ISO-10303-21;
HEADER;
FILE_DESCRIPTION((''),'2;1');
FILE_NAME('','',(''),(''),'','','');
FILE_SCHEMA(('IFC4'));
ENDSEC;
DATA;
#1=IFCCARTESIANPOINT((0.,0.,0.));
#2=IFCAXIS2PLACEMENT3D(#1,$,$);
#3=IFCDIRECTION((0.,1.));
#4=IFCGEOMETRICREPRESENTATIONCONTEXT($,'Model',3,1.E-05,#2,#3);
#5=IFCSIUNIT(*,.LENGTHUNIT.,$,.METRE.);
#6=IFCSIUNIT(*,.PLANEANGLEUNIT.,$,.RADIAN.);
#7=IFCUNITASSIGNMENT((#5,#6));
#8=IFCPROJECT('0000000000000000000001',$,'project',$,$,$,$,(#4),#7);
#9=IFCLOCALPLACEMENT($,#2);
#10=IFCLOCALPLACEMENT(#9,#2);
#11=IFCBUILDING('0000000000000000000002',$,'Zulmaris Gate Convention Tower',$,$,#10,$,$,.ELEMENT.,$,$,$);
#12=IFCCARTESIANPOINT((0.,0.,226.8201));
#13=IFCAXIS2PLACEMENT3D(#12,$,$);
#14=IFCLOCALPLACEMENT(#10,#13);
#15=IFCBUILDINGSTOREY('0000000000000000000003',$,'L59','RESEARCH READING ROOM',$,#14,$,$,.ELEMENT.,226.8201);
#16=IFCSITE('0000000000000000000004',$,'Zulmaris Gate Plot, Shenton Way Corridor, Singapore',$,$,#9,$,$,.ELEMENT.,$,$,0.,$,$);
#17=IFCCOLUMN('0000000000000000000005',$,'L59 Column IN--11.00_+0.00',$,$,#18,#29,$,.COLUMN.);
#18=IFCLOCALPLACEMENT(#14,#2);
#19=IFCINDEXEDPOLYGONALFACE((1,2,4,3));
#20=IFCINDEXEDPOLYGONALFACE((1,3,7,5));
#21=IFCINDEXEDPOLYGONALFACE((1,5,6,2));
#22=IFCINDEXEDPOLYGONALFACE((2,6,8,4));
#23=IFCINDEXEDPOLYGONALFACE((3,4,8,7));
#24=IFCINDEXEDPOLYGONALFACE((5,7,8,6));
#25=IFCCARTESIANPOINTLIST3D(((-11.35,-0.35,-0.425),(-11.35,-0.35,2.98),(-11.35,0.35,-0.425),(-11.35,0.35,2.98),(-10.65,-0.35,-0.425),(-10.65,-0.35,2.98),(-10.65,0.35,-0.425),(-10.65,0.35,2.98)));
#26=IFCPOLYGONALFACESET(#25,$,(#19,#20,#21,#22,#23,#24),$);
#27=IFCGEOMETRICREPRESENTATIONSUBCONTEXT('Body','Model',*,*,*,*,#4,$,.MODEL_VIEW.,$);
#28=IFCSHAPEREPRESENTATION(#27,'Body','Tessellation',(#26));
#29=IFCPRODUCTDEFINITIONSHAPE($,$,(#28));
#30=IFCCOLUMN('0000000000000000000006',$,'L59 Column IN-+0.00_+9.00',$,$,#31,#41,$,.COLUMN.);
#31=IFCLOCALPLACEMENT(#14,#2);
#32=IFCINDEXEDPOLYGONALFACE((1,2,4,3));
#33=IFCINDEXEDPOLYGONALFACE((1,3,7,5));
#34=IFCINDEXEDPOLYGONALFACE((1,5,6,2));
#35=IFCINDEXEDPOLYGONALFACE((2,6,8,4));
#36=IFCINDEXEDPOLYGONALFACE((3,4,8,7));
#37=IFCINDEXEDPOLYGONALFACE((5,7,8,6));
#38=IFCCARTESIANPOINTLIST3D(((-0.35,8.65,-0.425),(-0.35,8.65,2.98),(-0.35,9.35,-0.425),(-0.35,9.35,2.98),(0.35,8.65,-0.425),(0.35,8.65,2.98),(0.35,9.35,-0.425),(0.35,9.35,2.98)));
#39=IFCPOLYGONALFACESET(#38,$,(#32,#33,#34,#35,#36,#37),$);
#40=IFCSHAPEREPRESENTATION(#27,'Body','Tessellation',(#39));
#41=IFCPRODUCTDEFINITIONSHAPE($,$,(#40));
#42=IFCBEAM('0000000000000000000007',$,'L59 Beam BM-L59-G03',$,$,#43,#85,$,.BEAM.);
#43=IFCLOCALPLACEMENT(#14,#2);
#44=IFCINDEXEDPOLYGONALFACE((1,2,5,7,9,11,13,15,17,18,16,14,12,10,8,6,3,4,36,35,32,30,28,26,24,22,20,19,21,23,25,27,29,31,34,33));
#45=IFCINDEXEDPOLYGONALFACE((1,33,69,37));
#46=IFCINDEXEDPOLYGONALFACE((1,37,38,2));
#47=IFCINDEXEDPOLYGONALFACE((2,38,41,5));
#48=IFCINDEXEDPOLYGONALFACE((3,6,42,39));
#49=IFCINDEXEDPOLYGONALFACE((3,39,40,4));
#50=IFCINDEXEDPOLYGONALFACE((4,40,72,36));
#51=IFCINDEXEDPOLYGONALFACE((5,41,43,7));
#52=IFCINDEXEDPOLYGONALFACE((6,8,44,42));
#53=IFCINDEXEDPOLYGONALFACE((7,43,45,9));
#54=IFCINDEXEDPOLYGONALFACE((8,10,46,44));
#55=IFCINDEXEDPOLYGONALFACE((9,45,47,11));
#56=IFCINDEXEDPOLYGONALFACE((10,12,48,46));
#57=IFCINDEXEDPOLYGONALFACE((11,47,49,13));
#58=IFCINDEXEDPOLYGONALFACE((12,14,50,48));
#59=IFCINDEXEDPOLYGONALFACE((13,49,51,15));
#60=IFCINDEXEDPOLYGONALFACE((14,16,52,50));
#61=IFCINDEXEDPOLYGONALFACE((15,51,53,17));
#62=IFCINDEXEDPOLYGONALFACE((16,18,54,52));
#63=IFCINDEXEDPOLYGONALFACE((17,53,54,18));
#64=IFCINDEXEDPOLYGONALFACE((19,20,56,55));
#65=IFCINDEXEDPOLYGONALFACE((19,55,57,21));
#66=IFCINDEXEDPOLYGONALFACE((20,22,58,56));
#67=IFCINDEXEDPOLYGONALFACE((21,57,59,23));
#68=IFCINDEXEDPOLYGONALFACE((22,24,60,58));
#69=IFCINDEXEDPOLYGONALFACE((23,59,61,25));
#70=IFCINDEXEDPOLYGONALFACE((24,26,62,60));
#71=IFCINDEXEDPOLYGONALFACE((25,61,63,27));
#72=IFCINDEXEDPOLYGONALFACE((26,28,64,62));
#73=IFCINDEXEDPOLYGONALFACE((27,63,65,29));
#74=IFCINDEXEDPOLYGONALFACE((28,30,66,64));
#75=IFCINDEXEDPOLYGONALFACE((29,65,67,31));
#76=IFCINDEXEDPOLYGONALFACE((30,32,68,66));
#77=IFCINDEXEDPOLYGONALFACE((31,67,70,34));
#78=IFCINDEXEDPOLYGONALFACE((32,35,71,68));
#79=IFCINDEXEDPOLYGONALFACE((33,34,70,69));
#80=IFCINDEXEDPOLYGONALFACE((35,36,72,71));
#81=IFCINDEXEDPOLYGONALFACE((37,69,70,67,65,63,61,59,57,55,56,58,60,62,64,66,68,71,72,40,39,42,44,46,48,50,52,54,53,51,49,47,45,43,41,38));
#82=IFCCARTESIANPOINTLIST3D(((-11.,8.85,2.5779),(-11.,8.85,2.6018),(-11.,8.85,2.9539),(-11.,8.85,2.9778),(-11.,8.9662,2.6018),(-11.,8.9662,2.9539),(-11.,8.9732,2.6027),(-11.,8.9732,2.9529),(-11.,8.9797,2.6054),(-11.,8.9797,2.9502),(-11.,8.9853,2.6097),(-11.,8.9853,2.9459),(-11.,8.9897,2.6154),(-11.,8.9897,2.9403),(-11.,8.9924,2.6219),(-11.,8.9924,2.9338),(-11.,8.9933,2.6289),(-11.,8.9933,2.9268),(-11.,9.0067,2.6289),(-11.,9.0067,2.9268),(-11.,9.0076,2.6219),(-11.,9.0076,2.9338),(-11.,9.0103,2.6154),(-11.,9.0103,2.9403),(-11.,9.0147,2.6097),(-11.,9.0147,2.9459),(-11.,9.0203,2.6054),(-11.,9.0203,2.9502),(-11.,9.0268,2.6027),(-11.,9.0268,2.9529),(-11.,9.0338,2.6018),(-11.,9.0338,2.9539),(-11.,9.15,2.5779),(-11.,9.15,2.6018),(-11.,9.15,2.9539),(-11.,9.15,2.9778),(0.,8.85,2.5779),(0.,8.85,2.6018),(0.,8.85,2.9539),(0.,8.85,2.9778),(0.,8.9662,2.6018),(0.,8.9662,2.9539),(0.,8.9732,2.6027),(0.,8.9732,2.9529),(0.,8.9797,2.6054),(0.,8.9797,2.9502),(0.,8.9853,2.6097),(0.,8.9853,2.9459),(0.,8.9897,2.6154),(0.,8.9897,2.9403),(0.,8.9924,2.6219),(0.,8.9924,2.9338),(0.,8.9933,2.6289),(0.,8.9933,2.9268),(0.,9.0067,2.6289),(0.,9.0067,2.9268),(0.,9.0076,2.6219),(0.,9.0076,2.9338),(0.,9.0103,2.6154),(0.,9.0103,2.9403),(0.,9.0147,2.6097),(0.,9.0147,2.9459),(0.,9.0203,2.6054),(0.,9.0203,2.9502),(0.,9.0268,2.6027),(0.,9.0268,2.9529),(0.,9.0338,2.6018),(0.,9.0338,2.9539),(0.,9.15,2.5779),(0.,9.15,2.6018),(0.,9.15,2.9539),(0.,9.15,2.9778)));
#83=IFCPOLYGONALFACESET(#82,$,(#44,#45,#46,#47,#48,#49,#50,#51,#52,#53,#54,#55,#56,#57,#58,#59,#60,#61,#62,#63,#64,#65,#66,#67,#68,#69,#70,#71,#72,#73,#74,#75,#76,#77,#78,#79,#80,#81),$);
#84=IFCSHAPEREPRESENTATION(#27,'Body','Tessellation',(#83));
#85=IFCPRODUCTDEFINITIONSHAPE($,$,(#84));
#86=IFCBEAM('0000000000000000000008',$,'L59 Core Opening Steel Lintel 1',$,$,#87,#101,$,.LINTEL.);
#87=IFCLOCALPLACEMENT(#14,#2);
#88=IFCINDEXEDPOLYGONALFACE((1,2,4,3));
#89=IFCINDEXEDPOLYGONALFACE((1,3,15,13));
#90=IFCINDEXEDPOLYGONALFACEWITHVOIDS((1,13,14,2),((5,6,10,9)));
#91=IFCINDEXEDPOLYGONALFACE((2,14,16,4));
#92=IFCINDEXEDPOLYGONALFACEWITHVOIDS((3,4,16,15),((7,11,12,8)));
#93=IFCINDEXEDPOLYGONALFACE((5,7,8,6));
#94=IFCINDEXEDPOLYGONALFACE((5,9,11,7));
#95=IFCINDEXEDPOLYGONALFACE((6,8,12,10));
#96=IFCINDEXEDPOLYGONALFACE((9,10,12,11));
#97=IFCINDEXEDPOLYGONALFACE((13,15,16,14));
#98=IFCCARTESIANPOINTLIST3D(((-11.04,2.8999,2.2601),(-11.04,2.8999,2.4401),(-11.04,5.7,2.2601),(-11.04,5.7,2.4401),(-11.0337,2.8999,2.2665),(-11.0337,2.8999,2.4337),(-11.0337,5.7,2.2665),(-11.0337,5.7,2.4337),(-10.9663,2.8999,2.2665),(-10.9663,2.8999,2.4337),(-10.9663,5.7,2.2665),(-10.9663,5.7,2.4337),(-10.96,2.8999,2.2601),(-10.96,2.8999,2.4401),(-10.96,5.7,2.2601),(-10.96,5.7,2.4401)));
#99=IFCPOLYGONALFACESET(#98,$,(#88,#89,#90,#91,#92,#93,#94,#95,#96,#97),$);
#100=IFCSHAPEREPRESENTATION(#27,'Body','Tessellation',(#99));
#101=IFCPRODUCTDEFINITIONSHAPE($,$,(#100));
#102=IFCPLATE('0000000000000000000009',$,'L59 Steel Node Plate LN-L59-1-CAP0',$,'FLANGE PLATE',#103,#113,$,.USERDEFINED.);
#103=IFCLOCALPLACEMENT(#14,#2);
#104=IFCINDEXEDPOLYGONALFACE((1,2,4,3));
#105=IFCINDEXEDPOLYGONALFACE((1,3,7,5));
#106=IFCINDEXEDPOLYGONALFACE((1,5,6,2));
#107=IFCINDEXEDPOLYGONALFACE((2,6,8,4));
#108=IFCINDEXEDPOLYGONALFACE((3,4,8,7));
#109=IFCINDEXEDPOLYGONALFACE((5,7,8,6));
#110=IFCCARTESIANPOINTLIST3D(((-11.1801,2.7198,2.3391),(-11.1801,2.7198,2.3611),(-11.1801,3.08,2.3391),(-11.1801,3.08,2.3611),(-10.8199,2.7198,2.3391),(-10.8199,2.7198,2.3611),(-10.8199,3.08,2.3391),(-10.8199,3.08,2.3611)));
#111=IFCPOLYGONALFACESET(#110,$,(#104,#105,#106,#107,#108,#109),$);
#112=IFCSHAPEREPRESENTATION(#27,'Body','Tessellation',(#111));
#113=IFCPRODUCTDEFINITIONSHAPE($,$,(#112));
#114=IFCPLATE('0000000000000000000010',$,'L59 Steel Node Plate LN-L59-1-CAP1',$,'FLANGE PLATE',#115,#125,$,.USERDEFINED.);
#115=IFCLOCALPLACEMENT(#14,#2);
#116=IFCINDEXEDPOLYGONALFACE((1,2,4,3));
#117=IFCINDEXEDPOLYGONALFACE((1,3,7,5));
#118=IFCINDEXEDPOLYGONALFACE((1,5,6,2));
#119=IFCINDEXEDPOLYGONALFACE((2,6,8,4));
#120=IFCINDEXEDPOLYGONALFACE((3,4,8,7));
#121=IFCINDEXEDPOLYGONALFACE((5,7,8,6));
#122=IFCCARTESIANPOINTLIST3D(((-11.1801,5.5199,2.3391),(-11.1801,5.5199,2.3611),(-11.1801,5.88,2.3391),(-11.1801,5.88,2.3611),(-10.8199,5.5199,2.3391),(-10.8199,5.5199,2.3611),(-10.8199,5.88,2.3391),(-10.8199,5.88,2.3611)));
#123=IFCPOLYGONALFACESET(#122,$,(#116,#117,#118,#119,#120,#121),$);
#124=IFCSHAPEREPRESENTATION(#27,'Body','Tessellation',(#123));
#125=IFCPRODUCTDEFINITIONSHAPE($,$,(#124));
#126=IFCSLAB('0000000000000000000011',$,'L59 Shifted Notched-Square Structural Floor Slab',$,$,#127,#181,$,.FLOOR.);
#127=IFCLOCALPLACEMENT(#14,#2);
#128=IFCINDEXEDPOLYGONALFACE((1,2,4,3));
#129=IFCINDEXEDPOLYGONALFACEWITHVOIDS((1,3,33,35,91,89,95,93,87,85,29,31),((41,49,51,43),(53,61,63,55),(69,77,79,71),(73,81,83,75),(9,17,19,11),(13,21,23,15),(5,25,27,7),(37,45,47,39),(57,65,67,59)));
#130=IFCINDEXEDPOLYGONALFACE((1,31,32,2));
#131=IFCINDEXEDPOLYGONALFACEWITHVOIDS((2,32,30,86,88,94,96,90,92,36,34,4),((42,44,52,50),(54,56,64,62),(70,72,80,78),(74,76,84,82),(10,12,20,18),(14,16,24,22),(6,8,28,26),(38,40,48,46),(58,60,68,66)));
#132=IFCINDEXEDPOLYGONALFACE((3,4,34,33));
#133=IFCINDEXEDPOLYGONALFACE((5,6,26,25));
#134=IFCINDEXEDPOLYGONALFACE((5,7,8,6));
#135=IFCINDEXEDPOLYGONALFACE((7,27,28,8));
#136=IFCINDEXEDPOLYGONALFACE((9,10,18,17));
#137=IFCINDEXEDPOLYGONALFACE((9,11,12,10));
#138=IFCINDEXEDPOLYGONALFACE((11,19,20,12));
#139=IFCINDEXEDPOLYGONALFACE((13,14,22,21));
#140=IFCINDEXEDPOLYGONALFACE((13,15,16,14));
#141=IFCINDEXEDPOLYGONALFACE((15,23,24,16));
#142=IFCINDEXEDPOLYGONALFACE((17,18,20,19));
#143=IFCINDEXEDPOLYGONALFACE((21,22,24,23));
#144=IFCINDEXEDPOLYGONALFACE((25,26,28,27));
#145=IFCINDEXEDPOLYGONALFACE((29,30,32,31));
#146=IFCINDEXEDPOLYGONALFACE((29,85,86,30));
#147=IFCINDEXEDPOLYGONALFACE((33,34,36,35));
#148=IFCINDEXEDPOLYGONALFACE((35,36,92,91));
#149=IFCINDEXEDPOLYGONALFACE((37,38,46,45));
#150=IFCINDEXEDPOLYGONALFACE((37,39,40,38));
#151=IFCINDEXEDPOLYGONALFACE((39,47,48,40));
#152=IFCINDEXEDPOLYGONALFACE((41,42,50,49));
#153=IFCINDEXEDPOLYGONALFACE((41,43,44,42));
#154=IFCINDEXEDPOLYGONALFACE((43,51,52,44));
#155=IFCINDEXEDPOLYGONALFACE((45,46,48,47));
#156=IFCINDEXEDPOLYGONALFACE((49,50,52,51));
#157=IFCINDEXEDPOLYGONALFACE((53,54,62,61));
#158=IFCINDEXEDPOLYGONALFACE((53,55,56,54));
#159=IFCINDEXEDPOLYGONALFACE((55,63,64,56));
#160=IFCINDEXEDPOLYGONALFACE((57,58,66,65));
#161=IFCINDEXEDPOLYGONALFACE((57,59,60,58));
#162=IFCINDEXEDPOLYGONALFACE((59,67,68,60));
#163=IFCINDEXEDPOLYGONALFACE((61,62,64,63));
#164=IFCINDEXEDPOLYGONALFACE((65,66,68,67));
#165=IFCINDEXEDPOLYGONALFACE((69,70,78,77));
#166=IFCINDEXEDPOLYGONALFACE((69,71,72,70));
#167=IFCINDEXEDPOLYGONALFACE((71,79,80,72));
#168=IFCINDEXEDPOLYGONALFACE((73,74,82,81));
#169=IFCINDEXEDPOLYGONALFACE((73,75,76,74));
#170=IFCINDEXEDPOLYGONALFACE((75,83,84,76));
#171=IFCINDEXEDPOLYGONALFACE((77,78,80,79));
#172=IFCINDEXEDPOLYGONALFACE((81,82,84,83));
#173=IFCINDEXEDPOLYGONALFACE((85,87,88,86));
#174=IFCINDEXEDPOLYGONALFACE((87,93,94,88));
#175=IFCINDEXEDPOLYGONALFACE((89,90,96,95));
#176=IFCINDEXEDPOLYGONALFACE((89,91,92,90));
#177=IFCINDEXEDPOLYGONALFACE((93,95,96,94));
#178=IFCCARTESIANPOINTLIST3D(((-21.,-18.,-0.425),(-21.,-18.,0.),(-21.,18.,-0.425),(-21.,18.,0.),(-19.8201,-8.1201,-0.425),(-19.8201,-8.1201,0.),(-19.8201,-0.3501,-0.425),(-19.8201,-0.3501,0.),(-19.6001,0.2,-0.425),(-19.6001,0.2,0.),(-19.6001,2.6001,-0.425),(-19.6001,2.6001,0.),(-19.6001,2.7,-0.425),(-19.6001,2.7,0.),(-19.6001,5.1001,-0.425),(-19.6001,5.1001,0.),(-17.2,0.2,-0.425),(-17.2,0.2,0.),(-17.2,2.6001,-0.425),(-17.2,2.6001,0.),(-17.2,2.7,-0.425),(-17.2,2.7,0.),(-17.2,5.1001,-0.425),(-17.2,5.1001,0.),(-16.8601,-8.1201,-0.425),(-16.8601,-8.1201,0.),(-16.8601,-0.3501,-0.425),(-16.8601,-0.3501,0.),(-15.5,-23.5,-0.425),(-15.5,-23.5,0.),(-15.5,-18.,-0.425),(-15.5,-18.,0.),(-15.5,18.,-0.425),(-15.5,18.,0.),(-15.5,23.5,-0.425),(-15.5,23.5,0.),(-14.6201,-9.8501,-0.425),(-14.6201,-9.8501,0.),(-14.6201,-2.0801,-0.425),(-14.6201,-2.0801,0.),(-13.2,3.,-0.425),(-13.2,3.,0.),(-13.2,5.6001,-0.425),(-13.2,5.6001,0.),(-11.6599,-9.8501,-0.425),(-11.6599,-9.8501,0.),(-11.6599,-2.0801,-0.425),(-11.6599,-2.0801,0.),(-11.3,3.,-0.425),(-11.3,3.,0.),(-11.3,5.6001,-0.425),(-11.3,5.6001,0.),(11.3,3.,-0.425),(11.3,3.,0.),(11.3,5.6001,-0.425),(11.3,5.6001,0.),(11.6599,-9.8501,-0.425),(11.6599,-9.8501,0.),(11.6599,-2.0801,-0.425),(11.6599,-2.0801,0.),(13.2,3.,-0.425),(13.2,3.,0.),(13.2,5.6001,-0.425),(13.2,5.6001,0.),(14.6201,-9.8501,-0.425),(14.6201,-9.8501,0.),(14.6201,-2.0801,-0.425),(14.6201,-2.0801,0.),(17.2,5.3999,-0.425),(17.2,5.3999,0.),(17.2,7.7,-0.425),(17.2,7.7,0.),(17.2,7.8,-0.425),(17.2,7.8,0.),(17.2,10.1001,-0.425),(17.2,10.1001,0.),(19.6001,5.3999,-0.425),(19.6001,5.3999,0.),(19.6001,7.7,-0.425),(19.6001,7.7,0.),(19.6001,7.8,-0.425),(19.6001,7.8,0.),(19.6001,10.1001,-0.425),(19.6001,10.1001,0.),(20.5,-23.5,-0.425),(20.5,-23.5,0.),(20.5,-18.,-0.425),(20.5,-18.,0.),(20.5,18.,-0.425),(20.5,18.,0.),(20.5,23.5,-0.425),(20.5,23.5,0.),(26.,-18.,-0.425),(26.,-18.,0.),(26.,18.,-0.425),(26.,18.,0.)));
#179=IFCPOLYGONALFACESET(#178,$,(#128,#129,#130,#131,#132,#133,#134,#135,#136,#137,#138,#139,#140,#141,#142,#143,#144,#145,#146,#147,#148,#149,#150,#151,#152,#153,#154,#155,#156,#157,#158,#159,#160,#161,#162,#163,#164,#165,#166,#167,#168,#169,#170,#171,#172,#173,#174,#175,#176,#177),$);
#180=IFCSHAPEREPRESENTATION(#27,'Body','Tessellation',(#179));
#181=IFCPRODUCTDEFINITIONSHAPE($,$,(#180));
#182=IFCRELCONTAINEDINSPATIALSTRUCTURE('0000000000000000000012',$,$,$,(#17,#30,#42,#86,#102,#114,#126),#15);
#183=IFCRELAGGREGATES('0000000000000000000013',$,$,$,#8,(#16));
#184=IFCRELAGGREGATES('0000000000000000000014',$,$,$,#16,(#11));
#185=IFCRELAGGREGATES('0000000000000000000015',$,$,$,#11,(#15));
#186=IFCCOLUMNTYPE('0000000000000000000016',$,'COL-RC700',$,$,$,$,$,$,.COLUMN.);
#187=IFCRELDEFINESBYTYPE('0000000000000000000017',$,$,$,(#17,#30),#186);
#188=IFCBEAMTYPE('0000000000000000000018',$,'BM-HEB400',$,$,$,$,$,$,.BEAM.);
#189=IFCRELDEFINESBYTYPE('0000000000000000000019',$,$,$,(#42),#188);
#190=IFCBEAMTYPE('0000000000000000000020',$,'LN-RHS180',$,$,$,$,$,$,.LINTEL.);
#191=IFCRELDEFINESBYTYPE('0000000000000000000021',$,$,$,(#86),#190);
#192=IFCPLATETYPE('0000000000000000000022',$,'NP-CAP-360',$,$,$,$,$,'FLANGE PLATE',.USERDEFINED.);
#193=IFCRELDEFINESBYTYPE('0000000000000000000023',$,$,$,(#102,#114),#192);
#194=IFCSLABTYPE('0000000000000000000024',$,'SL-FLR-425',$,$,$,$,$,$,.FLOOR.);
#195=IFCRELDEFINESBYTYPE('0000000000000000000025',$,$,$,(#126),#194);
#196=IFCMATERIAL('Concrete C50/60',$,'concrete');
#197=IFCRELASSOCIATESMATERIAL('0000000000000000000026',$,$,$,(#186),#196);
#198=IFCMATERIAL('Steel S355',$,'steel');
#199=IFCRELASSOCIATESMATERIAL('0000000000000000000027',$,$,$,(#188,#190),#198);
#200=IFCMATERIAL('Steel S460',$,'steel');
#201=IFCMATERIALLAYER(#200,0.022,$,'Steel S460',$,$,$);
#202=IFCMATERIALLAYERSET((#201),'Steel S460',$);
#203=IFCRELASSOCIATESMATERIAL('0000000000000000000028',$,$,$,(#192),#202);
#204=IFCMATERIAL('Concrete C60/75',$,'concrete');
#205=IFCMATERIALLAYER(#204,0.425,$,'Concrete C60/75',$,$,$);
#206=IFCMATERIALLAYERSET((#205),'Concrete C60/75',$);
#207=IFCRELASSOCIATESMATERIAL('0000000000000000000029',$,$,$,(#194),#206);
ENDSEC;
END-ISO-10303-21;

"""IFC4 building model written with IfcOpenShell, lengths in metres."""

from ifc_helpers import new_model, si_unit, direction, frame, origin, origin_2d, place, context, subcontext, project, spatial, polyline, rectangle, hollow_rectangle, i_section, outline, extrude, material, layer, layer_set, material_profile, profile_set, type_object, element, save


model = new_model("IFC4")

# Units and contexts
model_context = context("Model", 3, precision=1e-05, world=origin(), true_north=direction((0.0, 1.0)))
body_context = subcontext(model_context, "Body", "Model", "MODEL_VIEW")
ifc_project = project(units=[si_unit("LENGTHUNIT", "METRE"), si_unit("PLANEANGLEUNIT", "RADIAN")], contexts=[model_context])

# Site, building, storey
site_placement = place(None, origin())
site = spatial("IfcSite", under=ifc_project, at=site_placement, Name="Zulmaris Gate Plot, Shenton Way Corridor, Singapore", CompositionType="ELEMENT", RefElevation=0.0)
building_placement = place(site_placement, origin())
building = spatial("IfcBuilding", under=site, at=building_placement, Name="Zulmaris Gate Convention Tower", CompositionType="ELEMENT")
storey_placement = place(building_placement, frame((0.0, 0.0, 226.8201)))
storey = spatial("IfcBuildingStorey", under=building, at=storey_placement, Name="L59", Description="RESEARCH READING ROOM", CompositionType="ELEMENT", Elevation=226.8201)

# Columns
ifc_material_1 = material(Name="Concrete C50/60", Category="concrete")
ifc_material_profile_1 = material_profile(ifc_material_1, rectangle(XDim=0.7, YDim=0.7, at=origin_2d()), Name="RC COL 700x700")
ifc_profile_set_1 = profile_set([ifc_material_profile_1], Name="Concrete C50/60")
column_type = type_object("IfcColumnType", Name="COL-RC700", PredefinedType="COLUMN", material=ifc_profile_set_1)
for number, where, z_axis, x_axis, name in (
    (1, (-11.0, 0.0, -0.425), (0.0, 0.0, 1.0), (1.0, 0.0, 0.0), "L59 Column IN--11.00_+0.00"),
    (2, (0.0, 9.0, -0.425), (0.0, 0.0, 1.0), (1.0, 0.0, 0.0), "L59 Column IN-+0.00_+9.00"),
):
    element("IfcColumn", number, at=place(storey_placement, frame(where, z_axis=z_axis, x_axis=x_axis)), inside=storey, type_object=column_type, Name=name, PredefinedType="COLUMN", context=body_context, shape_type="SweptSolid", body=[
        extrude(rectangle(XDim=0.7, YDim=0.7, at=origin_2d()), origin(), (0.0, 0.0, 1.0), 3.405),
    ])

# Beams
ifc_material_2 = material(Name="Steel S355", Category="steel")
ifc_material_profile_2 = material_profile(ifc_material_2, i_section(OverallWidth=0.3, OverallDepth=0.3999, WebThickness=0.0134, FlangeThickness=0.0239, FilletRadius=0.0271, at=origin_2d()), Name="HEB 400")
ifc_profile_set_2 = profile_set([ifc_material_profile_2], Name="Steel S355")
beam_type_1 = type_object("IfcBeamType", Name="BM-HEB400", PredefinedType="BEAM", material=ifc_profile_set_2)
beam_1_placement = place(storey_placement, frame((-11.0, 9.0, 2.7778), z_axis=(1.0, 0.0, 0.0), x_axis=(0.0, 1.0, 0.0)))
element("IfcBeam", 3, at=beam_1_placement, inside=storey, type_object=beam_type_1, Name="L59 Beam BM-L59-G03", PredefinedType="BEAM", context=body_context, shape_type="SweptSolid", body=[
    extrude(i_section(OverallWidth=0.3, OverallDepth=0.3999, WebThickness=0.0134, FlangeThickness=0.0239, FilletRadius=0.0271, at=origin_2d()), origin(), (0.0, 0.0, 1.0), 11.0),
])
ifc_material_profile_3 = material_profile(ifc_material_2, hollow_rectangle(XDim=0.0801, YDim=0.1799, WallThickness=0.0063, at=origin_2d()), Name="RHS 180x80x6.3")
ifc_profile_set_3 = profile_set([ifc_material_profile_3], Name="Steel S355")
beam_type_2 = type_object("IfcBeamType", Name="LN-RHS180", PredefinedType="LINTEL", material=ifc_profile_set_3)
beam_2_placement = place(storey_placement, frame((-11.0, 2.8999, 2.3501), z_axis=(0.0, 1.0, 0.0), x_axis=(-1.0, 0.0, 0.0)))
element("IfcBeam", 4, at=beam_2_placement, inside=storey, type_object=beam_type_2, Name="L59 Core Opening Steel Lintel 1", PredefinedType="LINTEL", context=body_context, shape_type="SweptSolid", body=[
    extrude(hollow_rectangle(XDim=0.0801, YDim=0.1799, WallThickness=0.0063, at=origin_2d()), origin(), (0.0, 0.0, 1.0), 2.8),
])

# Plates
ifc_material_3 = material(Name="Steel S460", Category="steel")
ifc_layer_1 = layer(ifc_material_3, 0.022, Name="Steel S460")
ifc_layer_set_1 = layer_set([ifc_layer_1], Name="Steel S460")
plate_type = type_object("IfcPlateType", Name="NP-CAP-360", ElementType="FLANGE PLATE", PredefinedType="USERDEFINED", material=ifc_layer_set_1)
for number, where, z_axis, x_axis, name in (
    (5, (-11.0, 2.8999, 2.3391), (0.0, 0.0, 1.0), (1.0, 0.0, 0.0), "L59 Steel Node Plate LN-L59-1-CAP0"),
    (6, (-11.0, 5.7, 2.3391), (0.0, 0.0, 1.0), (1.0, 0.0, 0.0), "L59 Steel Node Plate LN-L59-1-CAP1"),
):
    element("IfcPlate", number, at=place(storey_placement, frame(where, z_axis=z_axis, x_axis=x_axis)), inside=storey, type_object=plate_type, Name=name, ObjectType="FLANGE PLATE", PredefinedType="USERDEFINED", context=body_context, shape_type="SweptSolid", body=[
        extrude(rectangle(XDim=0.3601, YDim=0.3601, at=origin_2d()), origin(), (0.0, 0.0, 1.0), 0.022),
    ])

# Slab
ifc_material_4 = material(Name="Concrete C60/75", Category="concrete")
ifc_layer_2 = layer(ifc_material_4, 0.425, Name="Concrete C60/75")
ifc_layer_set_2 = layer_set([ifc_layer_2], Name="Concrete C60/75")
slab_type_1 = type_object("IfcSlabType", Name="SL-FLR-425", PredefinedType="FLOOR", material=ifc_layer_set_2)
slab_1_placement = place(storey_placement, frame((0.0, 0.0, -0.425)))
element("IfcSlab", 7, at=slab_1_placement, inside=storey, type_object=slab_type_1, Name="L59 Shifted Notched-Square Structural Floor Slab", PredefinedType="FLOOR", context=body_context, shape_type="SweptSolid", body=[
    extrude(outline(polyline([(-15.5, -23.5), (20.5, -23.5), (20.5, -18.0), (26.0, -18.0), (26.0, 18.0), (20.5, 18.0), (20.5, 23.5), (-15.5, 23.5), (-15.5, 18.0), (-21.0, 18.0), (-21.0, -18.0), (-15.5, -18.0), (-15.5, -23.5)]), holes=[polyline([(-14.6201, -2.0801), (-14.6201, -9.8501), (-11.6599, -9.8501), (-11.6599, -2.0801), (-14.6201, -2.0801)]), polyline([(11.6599, -2.0801), (11.6599, -9.8501), (14.6201, -9.8501), (14.6201, -2.0801), (11.6599, -2.0801)]), polyline([(-16.8601, -8.1201), (-16.8601, -0.3501), (-19.8201, -0.3501), (-19.8201, -8.1201), (-16.8601, -8.1201)]), polyline([(-13.2, 3.0), (-11.3, 3.0), (-11.3, 5.6001), (-13.2, 5.6001), (-13.2, 3.0)]), polyline([(11.3, 3.0), (13.2, 3.0), (13.2, 5.6001), (11.3, 5.6001), (11.3, 3.0)]), polyline([(17.2, 5.3999), (19.6001, 5.3999), (19.6001, 7.7), (17.2, 7.7), (17.2, 5.3999)]), polyline([(17.2, 7.8), (19.6001, 7.8), (19.6001, 10.1001), (17.2, 10.1001), (17.2, 7.8)]), polyline([(-19.6001, 0.2), (-17.2, 0.2), (-17.2, 2.6001), (-19.6001, 2.6001), (-19.6001, 0.2)]), polyline([(-19.6001, 2.7), (-17.2, 2.7), (-17.2, 5.1001), (-19.6001, 5.1001), (-19.6001, 2.7)])]), origin(), (0.0, 0.0, 1.0), 0.425),
])

save(model, "model.ifc")
